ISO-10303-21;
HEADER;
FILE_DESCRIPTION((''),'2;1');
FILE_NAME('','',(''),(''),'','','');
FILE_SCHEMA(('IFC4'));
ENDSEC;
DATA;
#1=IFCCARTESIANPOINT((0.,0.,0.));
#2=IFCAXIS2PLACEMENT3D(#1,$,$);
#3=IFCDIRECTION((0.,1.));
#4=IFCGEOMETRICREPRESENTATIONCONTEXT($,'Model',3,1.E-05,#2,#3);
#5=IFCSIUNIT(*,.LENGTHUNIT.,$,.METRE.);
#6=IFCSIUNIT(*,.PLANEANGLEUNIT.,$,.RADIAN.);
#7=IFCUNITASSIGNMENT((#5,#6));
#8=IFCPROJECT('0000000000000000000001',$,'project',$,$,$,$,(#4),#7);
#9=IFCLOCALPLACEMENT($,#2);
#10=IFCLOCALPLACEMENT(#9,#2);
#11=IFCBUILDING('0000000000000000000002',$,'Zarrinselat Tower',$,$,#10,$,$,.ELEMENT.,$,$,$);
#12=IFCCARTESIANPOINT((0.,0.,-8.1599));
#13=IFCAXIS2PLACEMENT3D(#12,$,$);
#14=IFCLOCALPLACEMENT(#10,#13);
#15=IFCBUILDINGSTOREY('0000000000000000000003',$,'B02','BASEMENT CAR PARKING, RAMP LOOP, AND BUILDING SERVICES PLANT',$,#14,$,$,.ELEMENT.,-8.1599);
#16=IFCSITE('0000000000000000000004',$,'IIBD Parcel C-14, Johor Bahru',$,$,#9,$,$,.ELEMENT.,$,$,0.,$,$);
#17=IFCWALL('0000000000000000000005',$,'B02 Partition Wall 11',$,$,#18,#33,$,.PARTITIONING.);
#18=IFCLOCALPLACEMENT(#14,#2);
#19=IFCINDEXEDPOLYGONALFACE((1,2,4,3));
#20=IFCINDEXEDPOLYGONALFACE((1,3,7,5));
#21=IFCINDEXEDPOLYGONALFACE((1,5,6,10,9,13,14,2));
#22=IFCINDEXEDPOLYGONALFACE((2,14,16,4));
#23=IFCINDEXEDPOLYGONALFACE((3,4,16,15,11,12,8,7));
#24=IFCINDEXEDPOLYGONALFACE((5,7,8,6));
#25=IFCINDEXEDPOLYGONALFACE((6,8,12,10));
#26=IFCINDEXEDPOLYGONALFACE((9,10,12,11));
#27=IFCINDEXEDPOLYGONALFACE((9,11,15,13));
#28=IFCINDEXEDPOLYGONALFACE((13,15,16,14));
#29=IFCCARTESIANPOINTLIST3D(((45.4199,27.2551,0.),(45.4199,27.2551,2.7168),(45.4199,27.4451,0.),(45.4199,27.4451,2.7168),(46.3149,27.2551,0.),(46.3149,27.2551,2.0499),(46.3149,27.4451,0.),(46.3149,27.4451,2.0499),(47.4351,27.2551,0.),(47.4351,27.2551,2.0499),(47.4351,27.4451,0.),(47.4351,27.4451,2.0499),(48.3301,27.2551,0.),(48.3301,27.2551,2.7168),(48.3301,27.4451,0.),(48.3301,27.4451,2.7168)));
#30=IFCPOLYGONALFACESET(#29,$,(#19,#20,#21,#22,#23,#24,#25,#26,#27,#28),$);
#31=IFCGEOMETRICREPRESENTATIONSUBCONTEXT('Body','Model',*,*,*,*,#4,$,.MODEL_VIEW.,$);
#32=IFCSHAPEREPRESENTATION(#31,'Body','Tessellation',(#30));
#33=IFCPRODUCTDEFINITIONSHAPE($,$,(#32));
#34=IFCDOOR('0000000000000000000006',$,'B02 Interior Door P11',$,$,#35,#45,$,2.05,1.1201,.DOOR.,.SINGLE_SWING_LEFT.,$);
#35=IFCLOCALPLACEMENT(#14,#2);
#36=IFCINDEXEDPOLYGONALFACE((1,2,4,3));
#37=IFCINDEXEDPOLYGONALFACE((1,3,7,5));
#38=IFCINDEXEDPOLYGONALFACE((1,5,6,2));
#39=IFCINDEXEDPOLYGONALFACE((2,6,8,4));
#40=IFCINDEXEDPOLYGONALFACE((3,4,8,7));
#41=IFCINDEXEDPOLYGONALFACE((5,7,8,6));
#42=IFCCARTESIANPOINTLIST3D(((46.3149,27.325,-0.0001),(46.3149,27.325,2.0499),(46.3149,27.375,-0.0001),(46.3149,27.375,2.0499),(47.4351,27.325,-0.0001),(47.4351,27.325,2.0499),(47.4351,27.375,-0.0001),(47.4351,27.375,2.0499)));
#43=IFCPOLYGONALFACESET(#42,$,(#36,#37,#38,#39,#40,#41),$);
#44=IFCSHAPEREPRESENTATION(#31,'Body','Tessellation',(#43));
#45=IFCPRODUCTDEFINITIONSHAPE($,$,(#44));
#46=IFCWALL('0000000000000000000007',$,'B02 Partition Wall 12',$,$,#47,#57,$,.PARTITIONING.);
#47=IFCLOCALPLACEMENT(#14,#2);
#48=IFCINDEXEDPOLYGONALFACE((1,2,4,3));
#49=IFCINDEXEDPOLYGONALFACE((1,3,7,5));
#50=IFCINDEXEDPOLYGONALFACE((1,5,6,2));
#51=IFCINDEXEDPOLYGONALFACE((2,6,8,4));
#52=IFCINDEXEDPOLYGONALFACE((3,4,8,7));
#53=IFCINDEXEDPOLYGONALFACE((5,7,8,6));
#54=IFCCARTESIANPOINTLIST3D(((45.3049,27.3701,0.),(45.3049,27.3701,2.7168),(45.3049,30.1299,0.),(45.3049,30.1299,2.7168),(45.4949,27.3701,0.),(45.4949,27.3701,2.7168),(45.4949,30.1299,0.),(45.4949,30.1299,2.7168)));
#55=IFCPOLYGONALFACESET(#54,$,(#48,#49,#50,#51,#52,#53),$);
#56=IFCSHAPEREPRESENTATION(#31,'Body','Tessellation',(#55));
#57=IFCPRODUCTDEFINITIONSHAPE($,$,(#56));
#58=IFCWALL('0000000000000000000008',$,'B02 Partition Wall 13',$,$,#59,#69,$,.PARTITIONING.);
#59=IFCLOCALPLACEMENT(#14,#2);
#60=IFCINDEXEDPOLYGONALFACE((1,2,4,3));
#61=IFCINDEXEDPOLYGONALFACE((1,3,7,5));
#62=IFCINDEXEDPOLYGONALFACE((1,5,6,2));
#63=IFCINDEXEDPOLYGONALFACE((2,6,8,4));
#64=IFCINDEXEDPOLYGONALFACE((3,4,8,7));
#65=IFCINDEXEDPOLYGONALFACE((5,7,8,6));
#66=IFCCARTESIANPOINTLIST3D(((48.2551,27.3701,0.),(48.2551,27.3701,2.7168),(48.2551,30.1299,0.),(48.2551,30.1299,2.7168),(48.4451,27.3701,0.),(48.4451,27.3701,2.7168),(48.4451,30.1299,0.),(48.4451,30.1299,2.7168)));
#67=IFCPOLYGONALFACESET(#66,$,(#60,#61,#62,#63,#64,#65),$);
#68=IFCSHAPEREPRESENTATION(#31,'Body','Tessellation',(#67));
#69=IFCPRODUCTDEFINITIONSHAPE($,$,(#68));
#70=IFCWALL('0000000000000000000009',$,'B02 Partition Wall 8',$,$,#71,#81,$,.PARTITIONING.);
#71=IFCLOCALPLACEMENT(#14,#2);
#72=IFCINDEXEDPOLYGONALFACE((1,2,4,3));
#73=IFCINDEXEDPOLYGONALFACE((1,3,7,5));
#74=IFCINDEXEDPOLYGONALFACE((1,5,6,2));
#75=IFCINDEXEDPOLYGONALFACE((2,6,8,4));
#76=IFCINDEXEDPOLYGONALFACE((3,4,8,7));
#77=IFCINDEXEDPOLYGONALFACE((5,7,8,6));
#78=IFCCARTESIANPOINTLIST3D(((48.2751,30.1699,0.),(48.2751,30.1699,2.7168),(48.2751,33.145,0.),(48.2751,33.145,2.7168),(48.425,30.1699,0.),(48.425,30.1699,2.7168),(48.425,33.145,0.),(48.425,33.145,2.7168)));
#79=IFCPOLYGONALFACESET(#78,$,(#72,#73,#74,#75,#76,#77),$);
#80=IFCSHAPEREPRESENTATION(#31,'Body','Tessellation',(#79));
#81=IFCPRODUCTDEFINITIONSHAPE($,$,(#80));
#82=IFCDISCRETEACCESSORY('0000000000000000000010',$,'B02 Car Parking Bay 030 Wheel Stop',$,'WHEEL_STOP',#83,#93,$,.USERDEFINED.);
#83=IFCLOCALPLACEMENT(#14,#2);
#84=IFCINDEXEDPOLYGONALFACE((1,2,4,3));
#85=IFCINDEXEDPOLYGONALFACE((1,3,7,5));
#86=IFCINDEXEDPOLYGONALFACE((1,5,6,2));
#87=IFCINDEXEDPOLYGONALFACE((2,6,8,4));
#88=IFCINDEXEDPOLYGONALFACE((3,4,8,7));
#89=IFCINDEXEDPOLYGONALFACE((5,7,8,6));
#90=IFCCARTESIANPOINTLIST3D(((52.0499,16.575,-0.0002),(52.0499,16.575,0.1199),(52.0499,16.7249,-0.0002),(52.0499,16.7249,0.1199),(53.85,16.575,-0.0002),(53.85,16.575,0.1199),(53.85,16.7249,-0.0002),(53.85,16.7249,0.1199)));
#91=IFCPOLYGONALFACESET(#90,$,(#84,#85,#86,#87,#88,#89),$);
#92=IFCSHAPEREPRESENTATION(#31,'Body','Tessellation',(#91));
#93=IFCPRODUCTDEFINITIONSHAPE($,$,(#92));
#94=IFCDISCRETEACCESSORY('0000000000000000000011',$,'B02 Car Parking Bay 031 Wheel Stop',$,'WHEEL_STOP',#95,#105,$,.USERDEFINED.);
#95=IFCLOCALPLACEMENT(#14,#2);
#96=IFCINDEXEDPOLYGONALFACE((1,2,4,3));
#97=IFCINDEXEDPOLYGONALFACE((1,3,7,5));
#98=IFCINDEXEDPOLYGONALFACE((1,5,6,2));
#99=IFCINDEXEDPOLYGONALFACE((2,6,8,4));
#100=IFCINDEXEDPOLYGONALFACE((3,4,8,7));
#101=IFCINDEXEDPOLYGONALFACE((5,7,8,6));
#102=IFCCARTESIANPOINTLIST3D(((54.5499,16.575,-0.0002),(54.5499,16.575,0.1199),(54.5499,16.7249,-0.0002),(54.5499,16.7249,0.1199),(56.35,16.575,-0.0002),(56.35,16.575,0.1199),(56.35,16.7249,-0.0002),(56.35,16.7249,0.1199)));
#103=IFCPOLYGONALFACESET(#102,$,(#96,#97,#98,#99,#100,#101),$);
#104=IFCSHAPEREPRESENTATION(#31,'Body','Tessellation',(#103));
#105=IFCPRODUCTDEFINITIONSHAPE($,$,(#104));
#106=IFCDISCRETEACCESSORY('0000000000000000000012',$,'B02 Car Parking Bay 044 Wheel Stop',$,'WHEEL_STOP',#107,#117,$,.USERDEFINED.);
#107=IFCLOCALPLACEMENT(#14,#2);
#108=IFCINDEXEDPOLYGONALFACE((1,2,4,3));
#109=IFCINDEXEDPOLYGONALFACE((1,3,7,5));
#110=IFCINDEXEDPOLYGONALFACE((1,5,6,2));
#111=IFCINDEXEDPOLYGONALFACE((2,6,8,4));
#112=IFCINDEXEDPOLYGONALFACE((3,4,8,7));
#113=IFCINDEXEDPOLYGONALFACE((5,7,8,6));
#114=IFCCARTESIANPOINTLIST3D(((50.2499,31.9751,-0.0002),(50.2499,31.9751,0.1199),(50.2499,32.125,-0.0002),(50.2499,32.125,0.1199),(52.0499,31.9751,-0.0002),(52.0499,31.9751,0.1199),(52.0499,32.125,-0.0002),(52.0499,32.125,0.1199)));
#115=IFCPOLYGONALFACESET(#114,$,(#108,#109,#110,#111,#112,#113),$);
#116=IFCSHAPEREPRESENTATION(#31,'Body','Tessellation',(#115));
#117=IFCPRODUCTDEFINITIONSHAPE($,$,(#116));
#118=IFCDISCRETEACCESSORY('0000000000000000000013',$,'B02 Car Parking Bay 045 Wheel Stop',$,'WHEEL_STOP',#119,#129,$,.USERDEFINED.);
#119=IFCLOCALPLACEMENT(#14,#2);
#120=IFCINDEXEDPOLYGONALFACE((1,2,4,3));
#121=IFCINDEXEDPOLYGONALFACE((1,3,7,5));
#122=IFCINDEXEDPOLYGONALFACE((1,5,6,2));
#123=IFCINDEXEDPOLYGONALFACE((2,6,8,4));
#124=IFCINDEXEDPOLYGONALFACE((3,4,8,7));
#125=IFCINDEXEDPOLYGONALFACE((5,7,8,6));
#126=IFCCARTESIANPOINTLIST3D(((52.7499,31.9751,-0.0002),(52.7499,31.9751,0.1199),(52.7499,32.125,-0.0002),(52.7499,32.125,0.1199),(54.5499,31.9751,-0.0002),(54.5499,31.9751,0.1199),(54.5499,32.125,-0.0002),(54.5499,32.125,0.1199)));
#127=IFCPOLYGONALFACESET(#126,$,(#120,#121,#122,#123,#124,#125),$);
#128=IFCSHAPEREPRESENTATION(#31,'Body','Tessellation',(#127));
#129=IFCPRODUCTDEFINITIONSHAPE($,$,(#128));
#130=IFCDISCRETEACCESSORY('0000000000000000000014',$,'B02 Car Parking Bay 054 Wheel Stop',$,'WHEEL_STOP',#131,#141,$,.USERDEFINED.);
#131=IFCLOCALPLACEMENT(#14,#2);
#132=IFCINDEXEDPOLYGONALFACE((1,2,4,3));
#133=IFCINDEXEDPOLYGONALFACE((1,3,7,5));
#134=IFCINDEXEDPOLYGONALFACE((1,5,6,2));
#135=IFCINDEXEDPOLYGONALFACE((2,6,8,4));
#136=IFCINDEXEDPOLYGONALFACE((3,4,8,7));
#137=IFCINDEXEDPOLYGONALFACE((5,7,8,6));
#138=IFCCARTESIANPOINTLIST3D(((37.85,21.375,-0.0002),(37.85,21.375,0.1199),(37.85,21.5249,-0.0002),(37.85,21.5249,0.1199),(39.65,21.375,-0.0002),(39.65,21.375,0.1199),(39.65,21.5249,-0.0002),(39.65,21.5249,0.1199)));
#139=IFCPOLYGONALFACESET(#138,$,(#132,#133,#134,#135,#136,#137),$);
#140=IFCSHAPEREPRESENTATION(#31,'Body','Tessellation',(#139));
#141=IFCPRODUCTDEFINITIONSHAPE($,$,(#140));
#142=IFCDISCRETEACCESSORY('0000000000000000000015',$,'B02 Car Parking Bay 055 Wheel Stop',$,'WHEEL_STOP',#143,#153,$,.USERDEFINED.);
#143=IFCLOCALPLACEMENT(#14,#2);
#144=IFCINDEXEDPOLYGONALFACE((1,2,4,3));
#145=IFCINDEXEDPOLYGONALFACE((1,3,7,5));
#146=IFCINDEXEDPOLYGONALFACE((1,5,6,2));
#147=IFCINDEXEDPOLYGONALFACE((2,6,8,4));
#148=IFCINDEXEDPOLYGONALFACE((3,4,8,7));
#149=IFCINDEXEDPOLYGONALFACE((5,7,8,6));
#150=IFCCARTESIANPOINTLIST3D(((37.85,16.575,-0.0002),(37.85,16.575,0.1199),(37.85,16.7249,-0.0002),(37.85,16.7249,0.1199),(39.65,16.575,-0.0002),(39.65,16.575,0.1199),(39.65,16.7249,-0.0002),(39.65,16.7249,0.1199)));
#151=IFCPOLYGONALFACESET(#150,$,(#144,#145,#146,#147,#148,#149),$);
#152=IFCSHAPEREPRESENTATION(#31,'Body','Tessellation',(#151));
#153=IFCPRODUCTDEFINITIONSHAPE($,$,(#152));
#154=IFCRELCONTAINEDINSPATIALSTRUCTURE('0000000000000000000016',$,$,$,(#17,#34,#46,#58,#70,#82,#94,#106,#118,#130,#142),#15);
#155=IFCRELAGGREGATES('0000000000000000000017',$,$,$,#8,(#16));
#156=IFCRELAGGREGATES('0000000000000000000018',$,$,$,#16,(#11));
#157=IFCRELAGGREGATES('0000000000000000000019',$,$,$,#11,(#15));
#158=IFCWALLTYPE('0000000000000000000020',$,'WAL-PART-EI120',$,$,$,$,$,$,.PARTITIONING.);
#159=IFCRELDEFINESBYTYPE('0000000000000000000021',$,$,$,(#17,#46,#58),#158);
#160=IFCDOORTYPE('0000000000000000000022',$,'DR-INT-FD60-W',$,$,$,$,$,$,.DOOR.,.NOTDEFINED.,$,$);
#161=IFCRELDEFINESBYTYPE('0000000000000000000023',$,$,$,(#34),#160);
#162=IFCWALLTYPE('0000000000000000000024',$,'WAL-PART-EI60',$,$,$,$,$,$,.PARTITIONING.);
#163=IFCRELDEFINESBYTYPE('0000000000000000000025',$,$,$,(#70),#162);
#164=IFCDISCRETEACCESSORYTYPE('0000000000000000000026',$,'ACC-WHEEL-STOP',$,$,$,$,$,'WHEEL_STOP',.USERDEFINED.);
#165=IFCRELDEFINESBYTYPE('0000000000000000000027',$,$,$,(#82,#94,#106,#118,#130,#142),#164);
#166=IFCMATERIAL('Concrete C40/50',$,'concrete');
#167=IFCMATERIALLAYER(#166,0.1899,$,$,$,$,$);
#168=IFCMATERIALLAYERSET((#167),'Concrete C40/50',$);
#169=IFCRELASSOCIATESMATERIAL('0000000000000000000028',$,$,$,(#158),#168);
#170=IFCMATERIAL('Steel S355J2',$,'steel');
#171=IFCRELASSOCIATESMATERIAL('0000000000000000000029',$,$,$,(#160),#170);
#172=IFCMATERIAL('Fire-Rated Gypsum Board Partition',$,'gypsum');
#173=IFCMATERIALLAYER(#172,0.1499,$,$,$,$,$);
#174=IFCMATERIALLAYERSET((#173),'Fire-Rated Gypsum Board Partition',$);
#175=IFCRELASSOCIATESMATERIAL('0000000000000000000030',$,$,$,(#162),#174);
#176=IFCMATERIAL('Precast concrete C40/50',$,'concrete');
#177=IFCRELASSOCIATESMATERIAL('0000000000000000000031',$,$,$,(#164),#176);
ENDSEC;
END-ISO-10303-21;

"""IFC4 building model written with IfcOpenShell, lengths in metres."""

from ifc_helpers import new_model, si_unit, direction, frame, frame_2d, origin, origin_2d, place, context, subcontext, project, spatial, rectangle, extrude, material, layer, layer_set, type_object, element, fill, save


model = new_model("IFC4")

# Units and contexts
model_context = context("Model", 3, precision=1e-05, world=origin(), true_north=direction((0.0, 1.0)))
body_context = subcontext(model_context, "Body", "Model", "MODEL_VIEW")
ifc_project = project(units=[si_unit("LENGTHUNIT", "METRE"), si_unit("PLANEANGLEUNIT", "RADIAN")], contexts=[model_context])

# Site, building, storey
site_placement = place(None, origin())
site = spatial("IfcSite", under=ifc_project, at=site_placement, Name="IIBD Parcel C-14, Johor Bahru", CompositionType="ELEMENT", RefElevation=0.0)
building_placement = place(site_placement, origin())
building = spatial("IfcBuilding", under=site, at=building_placement, Name="Zarrinselat Tower", CompositionType="ELEMENT")
storey_placement = place(building_placement, frame((0.0, 0.0, -8.1599)))
storey = spatial("IfcBuildingStorey", under=building, at=storey_placement, Name="B02", Description="BASEMENT CAR PARKING, RAMP LOOP, AND BUILDING SERVICES PLANT", CompositionType="ELEMENT", Elevation=-8.1599)

# Wall, opening, door
ifc_material_1 = material(Name="Concrete C40/50", Category="concrete")
ifc_layer_1 = layer(ifc_material_1, 0.1899)
ifc_layer_set_1 = layer_set([ifc_layer_1], Name="Concrete C40/50")
wall_type_1 = type_object("IfcWallType", Name="WAL-PART-EI120", PredefinedType="PARTITIONING", material=ifc_layer_set_1)
ifc_material_2 = material(Name="Steel S355J2", Category="steel")
door_type = type_object("IfcDoorType", Name="DR-INT-FD60-W", OperationType="NOTDEFINED", PredefinedType="DOOR", material=ifc_material_2)
wall_1_placement = place(storey_placement, frame((45.4199, 27.3501, 0.0), z_axis=(0.0, 0.0, 1.0), x_axis=(1.0, 0.0, 0.0)))
wall_1 = element("IfcWall", 1, at=wall_1_placement, inside=storey, type_object=wall_type_1, Name="B02 Partition Wall 11", PredefinedType="PARTITIONING", context=body_context, shape_type="SweptSolid", body=[
    extrude(rectangle(XDim=2.9102, YDim=0.1899, at=frame_2d((1.4551, 0.0))), origin(), (0.0, 0.0, 1.0), 2.7168),
])
opening_1_placement = place(wall_1_placement, frame((0.895, 0.0, 0.0)))
opening_1 = element("IfcOpeningElement", 2, at=opening_1_placement, cuts=wall_1, PredefinedType="OPENING", context=body_context, shape_type="SweptSolid", body=[
    extrude(rectangle(XDim=1.1201, YDim=2.05, at=frame_2d((0.5601, 1.0249))), frame((0.0, 0.105, 0.0), z_axis=(0.0, -1.0, 0.0), x_axis=(1.0, 0.0, 0.0)), (0.0, 0.0, 1.0), 0.21),
])
door_1_placement = place(opening_1_placement, origin())
door_1 = element("IfcDoor", 3, at=door_1_placement, inside=storey, type_object=door_type, Name="B02 Interior Door P11", OperationType="SINGLE_SWING_LEFT", OverallHeight=2.05, OverallWidth=1.1201, PredefinedType="DOOR", context=body_context, shape_type="SweptSolid", body=[
    extrude(rectangle(XDim=1.1201, YDim=2.05, at=frame_2d((0.5601, 1.0249))), frame((0.0, 0.0249, 0.0), z_axis=(0.0, -1.0, 0.0), x_axis=(1.0, 0.0, 0.0)), (0.0, 0.0, 1.0), 0.05),
])
fill(opening_1, door_1)

# Walls
for number, where, z_axis, x_axis, name in (
    (4, (45.3999, 27.3701, 0.0), (0.0, 0.0, 1.0), (0.0, 1.0, 0.0), "B02 Partition Wall 12"),
    (5, (48.3501, 27.3701, 0.0), (0.0, 0.0, 1.0), (0.0, 1.0, 0.0), "B02 Partition Wall 13"),
):
    element("IfcWall", number, at=place(storey_placement, frame(where, z_axis=z_axis, x_axis=x_axis)), inside=storey, type_object=wall_type_1, Name=name, PredefinedType="PARTITIONING", context=body_context, shape_type="SweptSolid", body=[
        extrude(rectangle(XDim=2.7598, YDim=0.1899, at=frame_2d((1.3799, 0.0))), origin(), (0.0, 0.0, 1.0), 2.7168),
    ])
ifc_material_3 = material(Name="Fire-Rated Gypsum Board Partition", Category="gypsum")
ifc_layer_2 = layer(ifc_material_3, 0.1499)
ifc_layer_set_2 = layer_set([ifc_layer_2], Name="Fire-Rated Gypsum Board Partition")
wall_type_2 = type_object("IfcWallType", Name="WAL-PART-EI60", PredefinedType="PARTITIONING", material=ifc_layer_set_2)
wall_2_placement = place(storey_placement, frame((48.3501, 30.1699, 0.0), z_axis=(0.0, 0.0, 1.0), x_axis=(0.0, 1.0, 0.0)))
element("IfcWall", 6, at=wall_2_placement, inside=storey, type_object=wall_type_2, Name="B02 Partition Wall 8", PredefinedType="PARTITIONING", context=body_context, shape_type="SweptSolid", body=[
    extrude(rectangle(XDim=2.9751, YDim=0.1499, at=frame_2d((1.4875, 0.0))), origin(), (0.0, 0.0, 1.0), 2.7168),
])

# Discrete accessories
ifc_material_4 = material(Name="Precast concrete C40/50", Category="concrete")
discrete_accessory_type = type_object("IfcDiscreteAccessoryType", Name="ACC-WHEEL-STOP", ElementType="WHEEL_STOP", PredefinedType="USERDEFINED", material=ifc_material_4)
for number, where, z_axis, x_axis, name in (
    (7, (52.95, 16.6499, -0.0002), (0.0, 0.0, 1.0), (1.0, 0.0, 0.0), "B02 Car Parking Bay 030 Wheel Stop"),
    (8, (55.45, 16.6499, -0.0002), (0.0, 0.0, 1.0), (1.0, 0.0, 0.0), "B02 Car Parking Bay 031 Wheel Stop"),
    (9, (51.1499, 32.05, -0.0002), (0.0, 0.0, 1.0), (1.0, 0.0, 0.0), "B02 Car Parking Bay 044 Wheel Stop"),
    (10, (53.6499, 32.05, -0.0002), (0.0, 0.0, 1.0), (1.0, 0.0, 0.0), "B02 Car Parking Bay 045 Wheel Stop"),
    (11, (38.75, 21.45, -0.0002), (0.0, 0.0, 1.0), (1.0, 0.0, 0.0), "B02 Car Parking Bay 054 Wheel Stop"),
    (12, (38.75, 16.6499, -0.0002), (0.0, 0.0, 1.0), (1.0, 0.0, 0.0), "B02 Car Parking Bay 055 Wheel Stop"),
):
    element("IfcDiscreteAccessory", number, at=place(storey_placement, frame(where, z_axis=z_axis, x_axis=x_axis)), inside=storey, type_object=discrete_accessory_type, Name=name, ObjectType="WHEEL_STOP", PredefinedType="USERDEFINED", context=body_context, shape_type="SweptSolid", body=[
        extrude(rectangle(XDim=1.8, YDim=0.1499, at=origin_2d()), origin(), (0.0, 0.0, 1.0), 0.1201),
    ])

save(model, "model.ifc")
